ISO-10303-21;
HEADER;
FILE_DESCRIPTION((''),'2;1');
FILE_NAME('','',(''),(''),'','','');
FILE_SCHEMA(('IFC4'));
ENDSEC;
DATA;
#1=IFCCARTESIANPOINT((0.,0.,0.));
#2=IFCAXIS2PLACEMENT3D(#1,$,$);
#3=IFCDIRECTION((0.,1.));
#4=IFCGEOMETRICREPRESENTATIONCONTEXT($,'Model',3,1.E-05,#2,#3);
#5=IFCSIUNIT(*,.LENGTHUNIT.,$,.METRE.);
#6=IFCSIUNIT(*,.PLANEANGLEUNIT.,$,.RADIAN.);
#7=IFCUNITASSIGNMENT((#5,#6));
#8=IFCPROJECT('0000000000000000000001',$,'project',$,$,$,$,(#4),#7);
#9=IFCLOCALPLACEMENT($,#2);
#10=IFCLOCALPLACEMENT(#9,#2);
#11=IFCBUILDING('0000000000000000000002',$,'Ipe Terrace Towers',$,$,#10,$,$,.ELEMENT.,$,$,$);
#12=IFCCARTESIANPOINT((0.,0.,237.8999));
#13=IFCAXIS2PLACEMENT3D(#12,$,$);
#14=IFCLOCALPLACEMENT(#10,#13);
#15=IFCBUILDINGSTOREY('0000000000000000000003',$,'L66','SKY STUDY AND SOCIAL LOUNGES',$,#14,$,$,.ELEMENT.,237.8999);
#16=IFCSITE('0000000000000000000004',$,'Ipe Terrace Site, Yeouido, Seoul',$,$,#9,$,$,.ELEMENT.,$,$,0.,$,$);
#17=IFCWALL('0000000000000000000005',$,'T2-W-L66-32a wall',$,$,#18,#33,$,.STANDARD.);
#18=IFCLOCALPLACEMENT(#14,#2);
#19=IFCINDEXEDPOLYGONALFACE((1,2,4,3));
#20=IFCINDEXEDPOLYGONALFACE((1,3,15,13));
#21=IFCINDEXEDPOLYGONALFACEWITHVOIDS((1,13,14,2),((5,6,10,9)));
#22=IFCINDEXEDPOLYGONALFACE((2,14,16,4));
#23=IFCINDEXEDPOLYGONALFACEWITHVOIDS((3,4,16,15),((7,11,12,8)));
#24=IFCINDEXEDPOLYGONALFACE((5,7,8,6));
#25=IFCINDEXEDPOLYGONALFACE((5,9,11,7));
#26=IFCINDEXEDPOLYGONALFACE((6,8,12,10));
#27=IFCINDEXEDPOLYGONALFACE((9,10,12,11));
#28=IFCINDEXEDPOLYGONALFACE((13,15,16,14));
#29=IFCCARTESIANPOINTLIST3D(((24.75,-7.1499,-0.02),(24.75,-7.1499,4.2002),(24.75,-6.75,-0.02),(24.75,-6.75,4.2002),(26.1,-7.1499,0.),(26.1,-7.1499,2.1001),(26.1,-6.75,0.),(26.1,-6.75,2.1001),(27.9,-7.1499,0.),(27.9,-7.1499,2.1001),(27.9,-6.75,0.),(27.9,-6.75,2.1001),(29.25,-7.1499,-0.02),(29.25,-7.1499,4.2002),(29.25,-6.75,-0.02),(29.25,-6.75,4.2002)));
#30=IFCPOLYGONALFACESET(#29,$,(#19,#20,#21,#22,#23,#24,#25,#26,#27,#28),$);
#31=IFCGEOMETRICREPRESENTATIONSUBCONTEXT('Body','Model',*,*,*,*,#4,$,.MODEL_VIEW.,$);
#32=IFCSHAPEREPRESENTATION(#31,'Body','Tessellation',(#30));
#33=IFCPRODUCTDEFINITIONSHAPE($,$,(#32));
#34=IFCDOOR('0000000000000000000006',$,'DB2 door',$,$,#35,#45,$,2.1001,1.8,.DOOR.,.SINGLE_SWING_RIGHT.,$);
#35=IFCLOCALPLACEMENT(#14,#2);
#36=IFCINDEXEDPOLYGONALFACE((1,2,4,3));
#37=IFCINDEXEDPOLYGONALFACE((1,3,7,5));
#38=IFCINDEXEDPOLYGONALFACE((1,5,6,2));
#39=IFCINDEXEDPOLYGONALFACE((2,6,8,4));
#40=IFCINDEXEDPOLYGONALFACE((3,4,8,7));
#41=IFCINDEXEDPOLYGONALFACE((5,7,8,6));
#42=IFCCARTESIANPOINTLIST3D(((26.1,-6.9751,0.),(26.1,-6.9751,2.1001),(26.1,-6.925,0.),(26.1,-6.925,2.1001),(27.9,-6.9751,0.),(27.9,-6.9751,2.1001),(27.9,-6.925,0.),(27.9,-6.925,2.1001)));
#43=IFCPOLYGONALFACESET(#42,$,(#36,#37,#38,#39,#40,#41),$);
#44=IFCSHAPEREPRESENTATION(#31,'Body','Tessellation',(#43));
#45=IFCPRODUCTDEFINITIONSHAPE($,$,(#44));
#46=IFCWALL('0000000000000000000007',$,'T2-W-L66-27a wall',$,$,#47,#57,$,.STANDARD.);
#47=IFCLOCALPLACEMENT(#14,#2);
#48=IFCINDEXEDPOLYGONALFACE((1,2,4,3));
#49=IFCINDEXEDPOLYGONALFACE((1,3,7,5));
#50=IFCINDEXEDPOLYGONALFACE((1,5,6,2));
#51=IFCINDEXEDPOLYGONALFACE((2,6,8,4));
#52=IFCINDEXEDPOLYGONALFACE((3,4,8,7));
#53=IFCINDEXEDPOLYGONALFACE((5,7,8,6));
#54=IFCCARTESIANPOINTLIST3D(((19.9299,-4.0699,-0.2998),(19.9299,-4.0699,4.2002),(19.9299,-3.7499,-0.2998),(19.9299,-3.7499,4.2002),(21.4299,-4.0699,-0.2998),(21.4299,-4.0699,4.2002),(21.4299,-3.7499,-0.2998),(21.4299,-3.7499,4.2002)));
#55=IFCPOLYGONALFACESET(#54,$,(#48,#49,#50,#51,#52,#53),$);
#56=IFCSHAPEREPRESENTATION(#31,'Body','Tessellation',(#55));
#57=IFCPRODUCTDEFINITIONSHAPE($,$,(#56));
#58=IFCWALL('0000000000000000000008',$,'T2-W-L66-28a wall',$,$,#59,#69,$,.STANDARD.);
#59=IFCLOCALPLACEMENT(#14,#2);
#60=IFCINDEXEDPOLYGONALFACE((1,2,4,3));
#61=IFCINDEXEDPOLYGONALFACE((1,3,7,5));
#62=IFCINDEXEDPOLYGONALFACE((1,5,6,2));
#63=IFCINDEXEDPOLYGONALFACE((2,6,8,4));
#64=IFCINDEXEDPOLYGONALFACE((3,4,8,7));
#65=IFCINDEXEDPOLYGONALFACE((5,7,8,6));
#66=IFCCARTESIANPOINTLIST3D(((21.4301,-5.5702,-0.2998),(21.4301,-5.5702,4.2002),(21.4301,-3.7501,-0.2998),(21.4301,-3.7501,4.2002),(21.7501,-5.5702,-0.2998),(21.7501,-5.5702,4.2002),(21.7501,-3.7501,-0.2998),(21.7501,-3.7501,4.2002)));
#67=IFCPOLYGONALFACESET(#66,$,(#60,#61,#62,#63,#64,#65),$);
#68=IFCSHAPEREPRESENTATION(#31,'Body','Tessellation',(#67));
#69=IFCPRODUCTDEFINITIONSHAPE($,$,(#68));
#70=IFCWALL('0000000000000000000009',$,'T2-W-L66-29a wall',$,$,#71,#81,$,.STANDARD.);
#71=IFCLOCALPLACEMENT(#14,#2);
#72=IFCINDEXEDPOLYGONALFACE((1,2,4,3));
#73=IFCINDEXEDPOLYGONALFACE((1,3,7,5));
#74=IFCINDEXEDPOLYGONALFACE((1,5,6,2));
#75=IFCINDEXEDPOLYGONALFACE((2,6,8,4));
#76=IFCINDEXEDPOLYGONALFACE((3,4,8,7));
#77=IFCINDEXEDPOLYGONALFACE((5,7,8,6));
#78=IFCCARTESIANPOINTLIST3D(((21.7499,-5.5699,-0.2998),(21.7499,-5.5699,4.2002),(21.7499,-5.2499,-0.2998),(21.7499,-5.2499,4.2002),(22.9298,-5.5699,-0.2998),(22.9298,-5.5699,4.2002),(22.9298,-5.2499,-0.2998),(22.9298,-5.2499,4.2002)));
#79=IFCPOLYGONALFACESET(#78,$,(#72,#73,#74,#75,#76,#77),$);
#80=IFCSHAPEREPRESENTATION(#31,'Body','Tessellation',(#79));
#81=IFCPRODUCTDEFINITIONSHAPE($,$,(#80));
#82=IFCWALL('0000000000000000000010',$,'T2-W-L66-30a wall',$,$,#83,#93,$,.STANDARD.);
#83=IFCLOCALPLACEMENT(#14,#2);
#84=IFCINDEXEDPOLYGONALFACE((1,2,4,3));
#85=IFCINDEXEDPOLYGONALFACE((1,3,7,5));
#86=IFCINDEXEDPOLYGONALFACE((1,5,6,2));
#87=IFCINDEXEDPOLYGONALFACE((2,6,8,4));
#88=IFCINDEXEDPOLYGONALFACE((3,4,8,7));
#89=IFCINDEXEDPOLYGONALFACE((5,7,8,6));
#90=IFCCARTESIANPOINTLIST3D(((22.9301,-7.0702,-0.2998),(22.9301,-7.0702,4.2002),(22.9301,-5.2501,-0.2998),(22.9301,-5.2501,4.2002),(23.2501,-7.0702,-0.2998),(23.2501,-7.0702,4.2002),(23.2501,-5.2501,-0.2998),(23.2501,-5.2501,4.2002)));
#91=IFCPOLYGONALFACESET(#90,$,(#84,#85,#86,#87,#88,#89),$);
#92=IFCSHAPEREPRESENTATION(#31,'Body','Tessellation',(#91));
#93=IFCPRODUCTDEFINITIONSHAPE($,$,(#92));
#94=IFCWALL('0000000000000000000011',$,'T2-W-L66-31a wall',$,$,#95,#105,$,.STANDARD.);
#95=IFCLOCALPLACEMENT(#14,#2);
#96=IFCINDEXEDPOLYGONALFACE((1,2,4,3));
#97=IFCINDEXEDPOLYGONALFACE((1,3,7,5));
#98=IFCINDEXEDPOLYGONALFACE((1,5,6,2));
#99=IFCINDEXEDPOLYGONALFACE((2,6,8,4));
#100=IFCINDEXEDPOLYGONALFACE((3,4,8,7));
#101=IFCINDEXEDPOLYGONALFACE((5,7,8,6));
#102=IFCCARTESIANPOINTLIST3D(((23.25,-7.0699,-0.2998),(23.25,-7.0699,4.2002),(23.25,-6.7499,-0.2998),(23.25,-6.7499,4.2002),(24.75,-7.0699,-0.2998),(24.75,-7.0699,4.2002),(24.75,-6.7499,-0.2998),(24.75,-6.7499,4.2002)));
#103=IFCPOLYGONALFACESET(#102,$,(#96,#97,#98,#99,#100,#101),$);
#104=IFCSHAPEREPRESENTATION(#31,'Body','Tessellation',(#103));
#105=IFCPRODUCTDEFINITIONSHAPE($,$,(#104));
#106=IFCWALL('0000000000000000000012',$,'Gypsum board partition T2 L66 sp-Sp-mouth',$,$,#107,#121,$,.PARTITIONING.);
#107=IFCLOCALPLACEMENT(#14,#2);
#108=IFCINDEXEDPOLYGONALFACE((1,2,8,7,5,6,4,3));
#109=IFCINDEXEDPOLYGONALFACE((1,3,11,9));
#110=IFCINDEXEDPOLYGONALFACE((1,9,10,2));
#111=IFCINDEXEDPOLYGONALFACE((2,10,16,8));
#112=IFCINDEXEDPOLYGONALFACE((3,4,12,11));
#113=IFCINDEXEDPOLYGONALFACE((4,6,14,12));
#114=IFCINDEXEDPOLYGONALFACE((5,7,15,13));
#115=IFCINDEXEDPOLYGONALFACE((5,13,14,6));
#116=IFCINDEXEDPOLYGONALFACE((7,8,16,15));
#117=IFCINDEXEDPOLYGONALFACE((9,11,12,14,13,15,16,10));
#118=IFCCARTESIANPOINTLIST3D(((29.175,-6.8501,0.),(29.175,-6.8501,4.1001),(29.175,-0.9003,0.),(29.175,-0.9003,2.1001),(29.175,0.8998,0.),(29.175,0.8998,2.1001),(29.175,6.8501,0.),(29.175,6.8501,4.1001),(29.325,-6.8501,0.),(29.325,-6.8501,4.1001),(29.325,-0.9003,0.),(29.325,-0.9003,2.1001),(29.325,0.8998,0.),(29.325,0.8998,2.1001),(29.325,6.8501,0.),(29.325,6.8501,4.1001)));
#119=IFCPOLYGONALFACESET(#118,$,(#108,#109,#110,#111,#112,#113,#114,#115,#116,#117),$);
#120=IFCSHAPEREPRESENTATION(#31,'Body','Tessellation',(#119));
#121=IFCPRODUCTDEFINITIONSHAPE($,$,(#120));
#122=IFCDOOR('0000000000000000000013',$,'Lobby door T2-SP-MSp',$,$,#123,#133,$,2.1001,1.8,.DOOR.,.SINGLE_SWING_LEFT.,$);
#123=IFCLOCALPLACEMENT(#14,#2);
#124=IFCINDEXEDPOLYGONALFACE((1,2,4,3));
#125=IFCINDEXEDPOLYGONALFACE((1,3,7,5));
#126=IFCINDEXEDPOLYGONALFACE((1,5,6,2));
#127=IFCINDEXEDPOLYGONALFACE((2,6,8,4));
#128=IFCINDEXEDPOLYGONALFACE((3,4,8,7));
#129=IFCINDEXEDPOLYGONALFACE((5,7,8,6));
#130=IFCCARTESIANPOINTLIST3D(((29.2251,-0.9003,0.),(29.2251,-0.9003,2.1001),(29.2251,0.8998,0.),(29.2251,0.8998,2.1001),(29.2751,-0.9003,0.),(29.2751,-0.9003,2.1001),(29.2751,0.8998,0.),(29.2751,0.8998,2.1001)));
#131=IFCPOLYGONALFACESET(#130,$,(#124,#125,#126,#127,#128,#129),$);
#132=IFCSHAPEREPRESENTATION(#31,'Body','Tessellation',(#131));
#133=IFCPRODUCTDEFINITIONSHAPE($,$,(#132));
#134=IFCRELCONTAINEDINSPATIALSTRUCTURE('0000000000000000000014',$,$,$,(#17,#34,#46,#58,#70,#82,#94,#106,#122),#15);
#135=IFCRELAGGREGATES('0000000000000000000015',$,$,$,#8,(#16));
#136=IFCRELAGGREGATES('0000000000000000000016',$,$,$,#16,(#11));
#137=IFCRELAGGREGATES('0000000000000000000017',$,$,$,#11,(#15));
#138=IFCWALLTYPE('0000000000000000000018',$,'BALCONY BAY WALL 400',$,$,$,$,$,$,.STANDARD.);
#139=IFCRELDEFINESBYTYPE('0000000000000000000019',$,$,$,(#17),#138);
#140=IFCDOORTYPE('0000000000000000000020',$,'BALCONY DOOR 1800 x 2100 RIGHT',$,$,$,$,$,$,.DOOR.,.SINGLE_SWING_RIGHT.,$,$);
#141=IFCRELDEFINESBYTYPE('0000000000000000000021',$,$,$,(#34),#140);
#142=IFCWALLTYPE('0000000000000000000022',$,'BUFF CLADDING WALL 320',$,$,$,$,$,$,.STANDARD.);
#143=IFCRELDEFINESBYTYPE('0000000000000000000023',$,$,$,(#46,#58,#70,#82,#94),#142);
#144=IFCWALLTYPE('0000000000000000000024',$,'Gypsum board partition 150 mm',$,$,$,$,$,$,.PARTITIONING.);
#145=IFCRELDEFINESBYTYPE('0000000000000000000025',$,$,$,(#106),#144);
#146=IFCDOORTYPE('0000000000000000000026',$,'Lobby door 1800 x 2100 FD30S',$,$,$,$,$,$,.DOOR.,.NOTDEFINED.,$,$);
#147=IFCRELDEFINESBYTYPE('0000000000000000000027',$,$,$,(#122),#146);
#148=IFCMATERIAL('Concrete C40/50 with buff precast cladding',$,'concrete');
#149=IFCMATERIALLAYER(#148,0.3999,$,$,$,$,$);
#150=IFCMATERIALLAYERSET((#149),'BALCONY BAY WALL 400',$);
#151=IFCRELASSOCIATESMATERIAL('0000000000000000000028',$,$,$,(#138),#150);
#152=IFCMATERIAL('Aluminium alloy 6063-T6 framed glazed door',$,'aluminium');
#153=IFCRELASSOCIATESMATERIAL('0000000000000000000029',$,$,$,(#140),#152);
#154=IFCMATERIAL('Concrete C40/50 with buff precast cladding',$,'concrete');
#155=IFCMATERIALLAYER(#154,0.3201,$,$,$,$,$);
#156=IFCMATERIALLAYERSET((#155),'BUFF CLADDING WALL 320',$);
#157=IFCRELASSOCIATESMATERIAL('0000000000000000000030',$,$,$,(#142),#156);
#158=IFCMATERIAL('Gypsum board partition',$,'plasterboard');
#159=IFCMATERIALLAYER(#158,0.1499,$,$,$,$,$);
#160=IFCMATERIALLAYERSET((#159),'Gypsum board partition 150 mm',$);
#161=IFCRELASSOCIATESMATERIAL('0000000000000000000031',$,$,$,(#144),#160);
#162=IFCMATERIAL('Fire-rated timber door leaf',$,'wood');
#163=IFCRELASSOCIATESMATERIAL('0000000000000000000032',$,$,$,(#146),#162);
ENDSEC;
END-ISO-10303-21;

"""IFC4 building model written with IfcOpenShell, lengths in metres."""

from ifc_helpers import new_model, si_unit, direction, frame, frame_2d, origin, place, context, subcontext, project, spatial, rectangle, extrude, material, layer, layer_set, type_object, element, fill, save


model = new_model("IFC4")

# Units and contexts
model_context = context("Model", 3, precision=1e-05, world=origin(), true_north=direction((0.0, 1.0)))
body_context = subcontext(model_context, "Body", "Model", "MODEL_VIEW")
ifc_project = project(units=[si_unit("LENGTHUNIT", "METRE"), si_unit("PLANEANGLEUNIT", "RADIAN")], contexts=[model_context])

# Site, building, storey
site_placement = place(None, origin())
site = spatial("IfcSite", under=ifc_project, at=site_placement, Name="Ipe Terrace Site, Yeouido, Seoul", CompositionType="ELEMENT", RefElevation=0.0)
building_placement = place(site_placement, origin())
building = spatial("IfcBuilding", under=site, at=building_placement, Name="Ipe Terrace Towers", CompositionType="ELEMENT")
storey_placement = place(building_placement, frame((0.0, 0.0, 237.8999)))
storey = spatial("IfcBuildingStorey", under=building, at=storey_placement, Name="L66", Description="SKY STUDY AND SOCIAL LOUNGES", CompositionType="ELEMENT", Elevation=237.8999)

# Wall, opening, door
ifc_material_1 = material(Name="Concrete C40/50 with buff precast cladding", Category="concrete")
ifc_layer_1 = layer(ifc_material_1, 0.3999)
ifc_layer_set_1 = layer_set([ifc_layer_1], Name="BALCONY BAY WALL 400")
wall_type_1 = type_object("IfcWallType", Name="BALCONY BAY WALL 400", PredefinedType="STANDARD", material=ifc_layer_set_1)
wall_1_placement = place(storey_placement, frame((24.75, -6.95, -0.02), z_axis=(0.0, 0.0, 1.0), x_axis=(1.0, 0.0, 0.0)))
wall_1 = element("IfcWall", 1, at=wall_1_placement, inside=storey, type_object=wall_type_1, Name="T2-W-L66-32a wall", PredefinedType="STANDARD", context=body_context, shape_type="SweptSolid", body=[
    extrude(rectangle(XDim=4.5, YDim=0.3999, at=frame_2d((2.25, 0.0))), origin(), (0.0, 0.0, 1.0), 4.2202),
])
opening_1_placement = place(wall_1_placement, frame((1.3501, 0.0, 0.02)))
opening_1 = element("IfcOpeningElement", 2, at=opening_1_placement, cuts=wall_1, PredefinedType="OPENING", context=body_context, shape_type="SweptSolid", body=[
    extrude(rectangle(XDim=1.8, YDim=2.1001, at=frame_2d((0.8999, 1.05))), frame((0.0, 0.21, 0.0), z_axis=(0.0, -1.0, 0.0), x_axis=(1.0, 0.0, 0.0)), (0.0, 0.0, 1.0), 0.4199),
])
ifc_material_2 = material(Name="Aluminium alloy 6063-T6 framed glazed door", Category="aluminium")
door_type_1 = type_object("IfcDoorType", Name="BALCONY DOOR 1800 x 2100 RIGHT", OperationType="SINGLE_SWING_RIGHT", PredefinedType="DOOR", material=ifc_material_2)
door_1_placement = place(opening_1_placement, origin())
door_1 = element("IfcDoor", 3, at=door_1_placement, inside=storey, type_object=door_type_1, Name="DB2 door", OperationType="SINGLE_SWING_RIGHT", OverallHeight=2.1001, OverallWidth=1.8, PredefinedType="DOOR", context=body_context, shape_type="SweptSolid", body=[
    extrude(rectangle(XDim=1.8, YDim=2.1001, at=frame_2d((0.8999, 1.05))), frame((0.0, 0.0249, 0.0), z_axis=(0.0, -1.0, 0.0), x_axis=(1.0, 0.0, 0.0)), (0.0, 0.0, 1.0), 0.05),
])
fill(opening_1, door_1)

# Walls
ifc_material_3 = material(Name="Concrete C40/50 with buff precast cladding", Category="concrete")
ifc_layer_2 = layer(ifc_material_3, 0.3201)
ifc_layer_set_2 = layer_set([ifc_layer_2], Name="BUFF CLADDING WALL 320")
wall_type_2 = type_object("IfcWallType", Name="BUFF CLADDING WALL 320", PredefinedType="STANDARD", material=ifc_layer_set_2)
wall_2_placement = place(storey_placement, frame((19.9299, -3.9099, -0.2998), z_axis=(0.0, 0.0, 1.0), x_axis=(1.0, 0.0, 0.0)))
element("IfcWall", 4, at=wall_2_placement, inside=storey, type_object=wall_type_2, Name="T2-W-L66-27a wall", PredefinedType="STANDARD", context=body_context, shape_type="SweptSolid", body=[
    extrude(rectangle(XDim=1.5, YDim=0.3201, at=frame_2d((0.75, 0.0))), origin(), (0.0, 0.0, 1.0), 4.5),
])
wall_3_placement = place(storey_placement, frame((21.5901, -3.75, -0.2998), z_axis=(0.0, 0.0, 1.0), x_axis=(0.0, -1.0, 0.0)))
element("IfcWall", 5, at=wall_3_placement, inside=storey, type_object=wall_type_2, Name="T2-W-L66-28a wall", PredefinedType="STANDARD", context=body_context, shape_type="SweptSolid", body=[
    extrude(rectangle(XDim=1.8201, YDim=0.3201, at=frame_2d((0.9102, 0.0))), origin(), (0.0, 0.0, 1.0), 4.5),
])
wall_4_placement = place(storey_placement, frame((21.75, -5.4099, -0.2998), z_axis=(0.0, 0.0, 1.0), x_axis=(1.0, 0.0, 0.0)))
element("IfcWall", 6, at=wall_4_placement, inside=storey, type_object=wall_type_2, Name="T2-W-L66-29a wall", PredefinedType="STANDARD", context=body_context, shape_type="SweptSolid", body=[
    extrude(rectangle(XDim=1.1799, YDim=0.3201, at=frame_2d((0.5898, 0.0))), origin(), (0.0, 0.0, 1.0), 4.5),
])
wall_5_placement = place(storey_placement, frame((23.0901, -5.25, -0.2998), z_axis=(0.0, 0.0, 1.0), x_axis=(0.0, -1.0, 0.0)))
element("IfcWall", 7, at=wall_5_placement, inside=storey, type_object=wall_type_2, Name="T2-W-L66-30a wall", PredefinedType="STANDARD", context=body_context, shape_type="SweptSolid", body=[
    extrude(rectangle(XDim=1.8201, YDim=0.3201, at=frame_2d((0.9102, 0.0))), origin(), (0.0, 0.0, 1.0), 4.5),
])
wall_6_placement = place(storey_placement, frame((23.25, -6.9099, -0.2998), z_axis=(0.0, 0.0, 1.0), x_axis=(1.0, 0.0, 0.0)))
element("IfcWall", 8, at=wall_6_placement, inside=storey, type_object=wall_type_2, Name="T2-W-L66-31a wall", PredefinedType="STANDARD", context=body_context, shape_type="SweptSolid", body=[
    extrude(rectangle(XDim=1.5, YDim=0.3201, at=frame_2d((0.75, 0.0))), origin(), (0.0, 0.0, 1.0), 4.5),
])

# Wall, opening, door
ifc_material_4 = material(Name="Gypsum board partition", Category="plasterboard")
ifc_layer_3 = layer(ifc_material_4, 0.1499)
ifc_layer_set_3 = layer_set([ifc_layer_3], Name="Gypsum board partition 150 mm")
wall_type_3 = type_object("IfcWallType", Name="Gypsum board partition 150 mm", PredefinedType="PARTITIONING", material=ifc_layer_set_3)
wall_7_placement = place(storey_placement, frame((29.25, -6.8501, 0.0), z_axis=(0.0, 0.0, 1.0), x_axis=(0.0, 1.0, 0.0)))
wall_7 = element("IfcWall", 9, at=wall_7_placement, inside=storey, type_object=wall_type_3, Name="Gypsum board partition T2 L66 sp-Sp-mouth", PredefinedType="PARTITIONING", context=body_context, shape_type="SweptSolid", body=[
    extrude(rectangle(XDim=13.7002, YDim=0.1499, at=frame_2d((6.8501, 0.0))), origin(), (0.0, 0.0, 1.0), 4.1001),
])
opening_2_placement = place(wall_7_placement, frame((5.95, 0.0, 0.0)))
opening_2 = element("IfcOpeningElement", 10, at=opening_2_placement, cuts=wall_7, PredefinedType="OPENING", context=body_context, shape_type="SweptSolid", body=[
    extrude(rectangle(XDim=1.8, YDim=2.1001, at=frame_2d((0.8999, 1.05))), frame((0.0, 0.085, 0.0), z_axis=(0.0, -1.0, 0.0), x_axis=(1.0, 0.0, 0.0)), (0.0, 0.0, 1.0), 0.1699),
])
ifc_material_5 = material(Name="Fire-rated timber door leaf", Category="wood")
door_type_2 = type_object("IfcDoorType", Name="Lobby door 1800 x 2100 FD30S", OperationType="NOTDEFINED", PredefinedType="DOOR", material=ifc_material_5)
door_2_placement = place(opening_2_placement, origin())
door_2 = element("IfcDoor", 11, at=door_2_placement, inside=storey, type_object=door_type_2, Name="Lobby door T2-SP-MSp", OperationType="SINGLE_SWING_LEFT", OverallHeight=2.1001, OverallWidth=1.8, PredefinedType="DOOR", context=body_context, shape_type="SweptSolid", body=[
    extrude(rectangle(XDim=1.8, YDim=2.1001, at=frame_2d((0.8999, 1.05))), frame((0.0, 0.0249, 0.0), z_axis=(0.0, -1.0, 0.0), x_axis=(1.0, 0.0, 0.0)), (0.0, 0.0, 1.0), 0.05),
])
fill(opening_2, door_2)

save(model, "model.ifc")
